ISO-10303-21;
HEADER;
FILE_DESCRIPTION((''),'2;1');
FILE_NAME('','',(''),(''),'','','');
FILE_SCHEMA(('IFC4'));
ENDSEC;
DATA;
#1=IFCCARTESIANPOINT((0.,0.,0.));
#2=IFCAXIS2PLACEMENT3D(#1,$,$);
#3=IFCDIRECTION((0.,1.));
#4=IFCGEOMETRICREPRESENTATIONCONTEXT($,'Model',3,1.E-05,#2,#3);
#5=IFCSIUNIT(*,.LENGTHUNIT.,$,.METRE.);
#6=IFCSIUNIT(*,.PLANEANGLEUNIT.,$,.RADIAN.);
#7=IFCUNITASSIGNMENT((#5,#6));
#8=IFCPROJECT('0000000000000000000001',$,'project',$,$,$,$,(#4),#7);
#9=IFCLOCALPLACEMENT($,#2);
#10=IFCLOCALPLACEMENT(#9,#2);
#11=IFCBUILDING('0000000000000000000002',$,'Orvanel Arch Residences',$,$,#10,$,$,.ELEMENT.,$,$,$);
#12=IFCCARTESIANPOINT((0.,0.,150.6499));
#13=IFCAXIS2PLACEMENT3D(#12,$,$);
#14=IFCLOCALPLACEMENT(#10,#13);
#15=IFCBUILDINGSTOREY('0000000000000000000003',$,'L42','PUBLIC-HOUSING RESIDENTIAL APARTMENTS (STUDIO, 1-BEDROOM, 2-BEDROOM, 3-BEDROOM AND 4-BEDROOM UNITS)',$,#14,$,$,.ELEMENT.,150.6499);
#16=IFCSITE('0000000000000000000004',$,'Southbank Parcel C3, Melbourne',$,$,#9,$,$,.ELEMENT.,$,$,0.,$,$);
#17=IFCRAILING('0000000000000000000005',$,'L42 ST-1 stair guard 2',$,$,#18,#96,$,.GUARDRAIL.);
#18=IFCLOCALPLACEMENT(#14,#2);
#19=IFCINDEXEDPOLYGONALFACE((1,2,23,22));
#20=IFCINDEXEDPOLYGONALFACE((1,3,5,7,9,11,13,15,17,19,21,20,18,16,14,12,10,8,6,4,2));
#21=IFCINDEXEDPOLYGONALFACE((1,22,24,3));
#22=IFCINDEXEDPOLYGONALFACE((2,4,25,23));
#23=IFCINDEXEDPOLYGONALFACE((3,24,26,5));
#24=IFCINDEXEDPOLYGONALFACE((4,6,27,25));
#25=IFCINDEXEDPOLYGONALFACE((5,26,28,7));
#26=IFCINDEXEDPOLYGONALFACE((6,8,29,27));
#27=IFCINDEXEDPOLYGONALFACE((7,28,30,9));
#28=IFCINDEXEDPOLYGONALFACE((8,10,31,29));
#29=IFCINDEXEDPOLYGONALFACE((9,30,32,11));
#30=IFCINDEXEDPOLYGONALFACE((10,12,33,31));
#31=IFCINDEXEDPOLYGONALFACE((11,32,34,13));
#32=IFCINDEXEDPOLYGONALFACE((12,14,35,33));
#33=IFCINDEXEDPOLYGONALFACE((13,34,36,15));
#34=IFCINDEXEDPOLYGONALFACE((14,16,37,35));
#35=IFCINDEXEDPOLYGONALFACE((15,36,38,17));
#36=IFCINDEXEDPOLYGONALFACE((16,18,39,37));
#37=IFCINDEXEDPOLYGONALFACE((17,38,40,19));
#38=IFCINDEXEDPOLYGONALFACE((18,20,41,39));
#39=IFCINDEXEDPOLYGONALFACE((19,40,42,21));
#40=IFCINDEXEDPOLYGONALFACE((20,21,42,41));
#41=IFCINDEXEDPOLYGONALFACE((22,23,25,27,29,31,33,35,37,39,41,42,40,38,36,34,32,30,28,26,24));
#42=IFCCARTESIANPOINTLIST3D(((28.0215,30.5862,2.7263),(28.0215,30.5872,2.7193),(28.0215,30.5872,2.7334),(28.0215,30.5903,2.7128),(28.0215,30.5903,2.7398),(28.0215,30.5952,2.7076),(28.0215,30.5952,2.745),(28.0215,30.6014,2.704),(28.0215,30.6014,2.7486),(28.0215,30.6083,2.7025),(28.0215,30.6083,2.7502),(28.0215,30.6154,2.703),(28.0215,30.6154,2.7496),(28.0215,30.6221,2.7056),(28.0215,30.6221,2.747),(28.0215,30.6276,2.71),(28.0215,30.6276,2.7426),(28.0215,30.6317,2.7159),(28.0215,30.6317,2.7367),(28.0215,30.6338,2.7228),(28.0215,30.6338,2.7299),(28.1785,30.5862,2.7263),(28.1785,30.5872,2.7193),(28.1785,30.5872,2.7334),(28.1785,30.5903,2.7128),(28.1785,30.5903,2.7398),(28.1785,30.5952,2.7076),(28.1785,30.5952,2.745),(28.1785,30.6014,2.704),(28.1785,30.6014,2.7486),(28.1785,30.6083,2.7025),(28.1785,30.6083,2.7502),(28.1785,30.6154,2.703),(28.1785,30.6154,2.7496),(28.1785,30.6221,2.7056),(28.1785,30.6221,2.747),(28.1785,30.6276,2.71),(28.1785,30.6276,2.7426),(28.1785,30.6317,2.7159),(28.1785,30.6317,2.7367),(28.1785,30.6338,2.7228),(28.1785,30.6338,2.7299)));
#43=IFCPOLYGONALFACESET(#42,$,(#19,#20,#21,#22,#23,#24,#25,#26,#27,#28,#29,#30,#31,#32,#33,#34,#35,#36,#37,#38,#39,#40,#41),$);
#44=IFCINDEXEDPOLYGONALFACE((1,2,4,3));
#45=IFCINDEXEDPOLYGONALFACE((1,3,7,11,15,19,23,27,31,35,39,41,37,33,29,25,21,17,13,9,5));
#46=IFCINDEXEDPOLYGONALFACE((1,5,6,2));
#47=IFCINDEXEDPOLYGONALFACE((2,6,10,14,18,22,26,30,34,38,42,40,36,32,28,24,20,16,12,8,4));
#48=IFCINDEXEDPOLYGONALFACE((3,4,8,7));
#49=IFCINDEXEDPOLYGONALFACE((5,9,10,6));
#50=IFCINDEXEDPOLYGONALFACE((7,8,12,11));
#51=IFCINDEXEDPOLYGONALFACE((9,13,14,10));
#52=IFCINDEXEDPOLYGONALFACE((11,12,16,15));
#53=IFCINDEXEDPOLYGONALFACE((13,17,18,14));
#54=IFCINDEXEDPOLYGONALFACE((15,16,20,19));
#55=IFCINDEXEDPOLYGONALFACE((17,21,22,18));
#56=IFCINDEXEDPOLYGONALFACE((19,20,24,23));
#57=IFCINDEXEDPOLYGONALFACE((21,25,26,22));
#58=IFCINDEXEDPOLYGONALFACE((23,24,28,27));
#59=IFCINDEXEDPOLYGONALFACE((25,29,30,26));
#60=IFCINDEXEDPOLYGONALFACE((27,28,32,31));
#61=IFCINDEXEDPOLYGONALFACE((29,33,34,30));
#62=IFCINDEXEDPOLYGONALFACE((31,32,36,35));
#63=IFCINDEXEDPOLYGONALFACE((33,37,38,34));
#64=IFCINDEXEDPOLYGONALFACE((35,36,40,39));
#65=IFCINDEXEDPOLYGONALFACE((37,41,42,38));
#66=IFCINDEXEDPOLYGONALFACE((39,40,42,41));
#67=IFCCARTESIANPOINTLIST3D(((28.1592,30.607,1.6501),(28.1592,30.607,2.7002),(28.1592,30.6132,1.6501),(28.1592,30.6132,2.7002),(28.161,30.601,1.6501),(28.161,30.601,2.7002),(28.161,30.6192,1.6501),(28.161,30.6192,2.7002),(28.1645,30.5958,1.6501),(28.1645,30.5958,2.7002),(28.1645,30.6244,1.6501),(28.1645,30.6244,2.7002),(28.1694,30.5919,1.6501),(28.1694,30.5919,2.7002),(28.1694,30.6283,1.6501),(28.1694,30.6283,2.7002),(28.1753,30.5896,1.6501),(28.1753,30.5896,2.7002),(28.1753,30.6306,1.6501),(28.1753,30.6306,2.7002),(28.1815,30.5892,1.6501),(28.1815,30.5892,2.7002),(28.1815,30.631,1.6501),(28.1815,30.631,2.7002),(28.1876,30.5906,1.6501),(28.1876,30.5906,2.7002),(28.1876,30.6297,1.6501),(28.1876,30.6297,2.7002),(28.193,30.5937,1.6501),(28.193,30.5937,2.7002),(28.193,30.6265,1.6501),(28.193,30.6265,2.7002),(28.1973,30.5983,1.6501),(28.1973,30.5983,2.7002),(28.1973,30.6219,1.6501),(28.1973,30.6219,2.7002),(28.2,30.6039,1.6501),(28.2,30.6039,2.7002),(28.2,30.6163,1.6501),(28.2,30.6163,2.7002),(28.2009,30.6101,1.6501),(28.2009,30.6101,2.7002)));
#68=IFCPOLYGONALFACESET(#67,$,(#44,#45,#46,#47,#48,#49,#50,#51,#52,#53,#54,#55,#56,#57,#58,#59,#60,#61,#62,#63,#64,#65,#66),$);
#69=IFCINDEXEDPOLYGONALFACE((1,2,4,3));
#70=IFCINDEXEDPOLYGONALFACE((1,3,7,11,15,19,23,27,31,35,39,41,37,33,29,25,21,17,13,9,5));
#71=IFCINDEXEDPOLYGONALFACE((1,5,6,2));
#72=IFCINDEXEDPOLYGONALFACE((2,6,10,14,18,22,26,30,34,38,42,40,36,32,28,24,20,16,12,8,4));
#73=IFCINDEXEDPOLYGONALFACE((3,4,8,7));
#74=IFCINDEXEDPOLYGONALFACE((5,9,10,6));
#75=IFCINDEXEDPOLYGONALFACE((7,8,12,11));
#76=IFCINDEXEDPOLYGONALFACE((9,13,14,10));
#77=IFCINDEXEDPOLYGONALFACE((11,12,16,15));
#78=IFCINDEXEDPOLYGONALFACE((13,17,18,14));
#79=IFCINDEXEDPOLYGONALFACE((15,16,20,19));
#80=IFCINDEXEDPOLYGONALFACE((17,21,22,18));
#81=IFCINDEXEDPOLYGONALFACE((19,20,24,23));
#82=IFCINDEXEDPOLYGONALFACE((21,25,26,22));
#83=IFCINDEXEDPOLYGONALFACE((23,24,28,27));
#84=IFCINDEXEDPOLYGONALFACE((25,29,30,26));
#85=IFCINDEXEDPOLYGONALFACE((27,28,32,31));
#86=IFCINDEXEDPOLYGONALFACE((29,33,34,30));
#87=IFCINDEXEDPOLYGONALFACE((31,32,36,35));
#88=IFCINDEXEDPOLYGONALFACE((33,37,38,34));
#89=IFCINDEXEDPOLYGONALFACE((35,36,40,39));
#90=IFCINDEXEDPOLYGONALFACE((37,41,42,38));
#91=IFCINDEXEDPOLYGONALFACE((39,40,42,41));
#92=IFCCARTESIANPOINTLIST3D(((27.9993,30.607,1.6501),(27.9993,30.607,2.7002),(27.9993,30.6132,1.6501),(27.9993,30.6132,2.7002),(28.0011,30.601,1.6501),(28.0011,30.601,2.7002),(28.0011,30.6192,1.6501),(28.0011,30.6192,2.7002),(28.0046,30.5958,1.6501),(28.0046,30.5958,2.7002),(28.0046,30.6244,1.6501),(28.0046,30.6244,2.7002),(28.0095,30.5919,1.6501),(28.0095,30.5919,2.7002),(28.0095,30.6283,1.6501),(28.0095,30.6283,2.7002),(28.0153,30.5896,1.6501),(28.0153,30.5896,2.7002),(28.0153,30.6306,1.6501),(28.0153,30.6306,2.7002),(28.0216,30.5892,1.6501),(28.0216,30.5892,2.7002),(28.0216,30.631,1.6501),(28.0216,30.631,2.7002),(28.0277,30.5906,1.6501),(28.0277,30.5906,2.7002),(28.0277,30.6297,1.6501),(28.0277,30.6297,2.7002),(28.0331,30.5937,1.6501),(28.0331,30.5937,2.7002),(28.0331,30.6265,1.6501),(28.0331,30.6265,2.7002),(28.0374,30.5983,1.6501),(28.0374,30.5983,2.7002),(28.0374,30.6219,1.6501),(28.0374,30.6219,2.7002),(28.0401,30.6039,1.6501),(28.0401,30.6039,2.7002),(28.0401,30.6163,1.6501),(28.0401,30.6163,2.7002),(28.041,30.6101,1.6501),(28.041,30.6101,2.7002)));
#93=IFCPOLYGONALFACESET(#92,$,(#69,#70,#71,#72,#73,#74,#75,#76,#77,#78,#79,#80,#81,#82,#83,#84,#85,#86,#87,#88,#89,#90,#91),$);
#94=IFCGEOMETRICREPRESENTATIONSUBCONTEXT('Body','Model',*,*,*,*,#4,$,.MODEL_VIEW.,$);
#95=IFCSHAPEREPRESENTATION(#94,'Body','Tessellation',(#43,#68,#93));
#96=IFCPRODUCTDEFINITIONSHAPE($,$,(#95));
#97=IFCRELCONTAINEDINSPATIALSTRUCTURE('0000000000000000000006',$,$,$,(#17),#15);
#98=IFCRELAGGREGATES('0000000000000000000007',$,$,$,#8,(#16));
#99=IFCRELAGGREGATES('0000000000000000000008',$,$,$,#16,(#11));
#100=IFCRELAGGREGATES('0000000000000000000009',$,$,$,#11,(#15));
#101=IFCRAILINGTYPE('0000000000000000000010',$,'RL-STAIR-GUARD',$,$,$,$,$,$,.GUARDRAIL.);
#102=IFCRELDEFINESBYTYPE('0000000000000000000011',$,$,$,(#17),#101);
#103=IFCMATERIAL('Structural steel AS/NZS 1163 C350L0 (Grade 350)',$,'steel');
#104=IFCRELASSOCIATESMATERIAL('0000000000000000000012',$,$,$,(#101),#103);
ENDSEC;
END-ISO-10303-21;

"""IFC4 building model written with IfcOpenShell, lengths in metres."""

from ifc_helpers import new_model, si_unit, direction, frame, origin, origin_2d, place, context, subcontext, project, spatial, circle, extrude, material, type_object, element, save


model = new_model("IFC4")

# Units and contexts
model_context = context("Model", 3, precision=1e-05, world=origin(), true_north=direction((0.0, 1.0)))
body_context = subcontext(model_context, "Body", "Model", "MODEL_VIEW")
ifc_project = project(units=[si_unit("LENGTHUNIT", "METRE"), si_unit("PLANEANGLEUNIT", "RADIAN")], contexts=[model_context])

# Site, building, storey
site_placement = place(None, origin())
site = spatial("IfcSite", under=ifc_project, at=site_placement, Name="Southbank Parcel C3, Melbourne", CompositionType="ELEMENT", RefElevation=0.0)
building_placement = place(site_placement, origin())
building = spatial("IfcBuilding", under=site, at=building_placement, Name="Orvanel Arch Residences", CompositionType="ELEMENT")
storey_placement = place(building_placement, frame((0.0, 0.0, 150.6499)))
storey = spatial("IfcBuildingStorey", under=building, at=storey_placement, Name="L42", Description="PUBLIC-HOUSING RESIDENTIAL APARTMENTS (STUDIO, 1-BEDROOM, 2-BEDROOM, 3-BEDROOM AND 4-BEDROOM UNITS)", CompositionType="ELEMENT", Elevation=150.6499)

# Railing
ifc_material_1 = material(Name="Structural steel AS/NZS 1163 C350L0 (Grade 350)", Category="steel")
railing_type_1 = type_object("IfcRailingType", Name="RL-STAIR-GUARD", PredefinedType="GUARDRAIL", material=ifc_material_1)
railing_1_placement = place(storey_placement, frame((28.1799, 30.6101, 1.6501)))
element("IfcRailing", 1, at=railing_1_placement, inside=storey, type_object=railing_type_1, Name="L42 ST-1 stair guard 2", PredefinedType="GUARDRAIL", context=body_context, shape_type="SweptSolid", body=[
    extrude(circle(Radius=0.0239, at=origin_2d()), frame((-0.0015, 0.0, 1.0762), z_axis=(-1.0, 0.0, 0.0), x_axis=(0.0, -1.0, 0.0)), (0.0, 0.0, 1.0), 0.157),
    extrude(circle(Radius=0.021, at=origin_2d()), origin(), (0.0, 0.0, 1.0), 1.05),
    extrude(circle(Radius=0.021, at=origin_2d()), frame((-0.1599, 0.0, 0.0)), (0.0, 0.0, 1.0), 1.05),
])

save(model, "model.ifc")
